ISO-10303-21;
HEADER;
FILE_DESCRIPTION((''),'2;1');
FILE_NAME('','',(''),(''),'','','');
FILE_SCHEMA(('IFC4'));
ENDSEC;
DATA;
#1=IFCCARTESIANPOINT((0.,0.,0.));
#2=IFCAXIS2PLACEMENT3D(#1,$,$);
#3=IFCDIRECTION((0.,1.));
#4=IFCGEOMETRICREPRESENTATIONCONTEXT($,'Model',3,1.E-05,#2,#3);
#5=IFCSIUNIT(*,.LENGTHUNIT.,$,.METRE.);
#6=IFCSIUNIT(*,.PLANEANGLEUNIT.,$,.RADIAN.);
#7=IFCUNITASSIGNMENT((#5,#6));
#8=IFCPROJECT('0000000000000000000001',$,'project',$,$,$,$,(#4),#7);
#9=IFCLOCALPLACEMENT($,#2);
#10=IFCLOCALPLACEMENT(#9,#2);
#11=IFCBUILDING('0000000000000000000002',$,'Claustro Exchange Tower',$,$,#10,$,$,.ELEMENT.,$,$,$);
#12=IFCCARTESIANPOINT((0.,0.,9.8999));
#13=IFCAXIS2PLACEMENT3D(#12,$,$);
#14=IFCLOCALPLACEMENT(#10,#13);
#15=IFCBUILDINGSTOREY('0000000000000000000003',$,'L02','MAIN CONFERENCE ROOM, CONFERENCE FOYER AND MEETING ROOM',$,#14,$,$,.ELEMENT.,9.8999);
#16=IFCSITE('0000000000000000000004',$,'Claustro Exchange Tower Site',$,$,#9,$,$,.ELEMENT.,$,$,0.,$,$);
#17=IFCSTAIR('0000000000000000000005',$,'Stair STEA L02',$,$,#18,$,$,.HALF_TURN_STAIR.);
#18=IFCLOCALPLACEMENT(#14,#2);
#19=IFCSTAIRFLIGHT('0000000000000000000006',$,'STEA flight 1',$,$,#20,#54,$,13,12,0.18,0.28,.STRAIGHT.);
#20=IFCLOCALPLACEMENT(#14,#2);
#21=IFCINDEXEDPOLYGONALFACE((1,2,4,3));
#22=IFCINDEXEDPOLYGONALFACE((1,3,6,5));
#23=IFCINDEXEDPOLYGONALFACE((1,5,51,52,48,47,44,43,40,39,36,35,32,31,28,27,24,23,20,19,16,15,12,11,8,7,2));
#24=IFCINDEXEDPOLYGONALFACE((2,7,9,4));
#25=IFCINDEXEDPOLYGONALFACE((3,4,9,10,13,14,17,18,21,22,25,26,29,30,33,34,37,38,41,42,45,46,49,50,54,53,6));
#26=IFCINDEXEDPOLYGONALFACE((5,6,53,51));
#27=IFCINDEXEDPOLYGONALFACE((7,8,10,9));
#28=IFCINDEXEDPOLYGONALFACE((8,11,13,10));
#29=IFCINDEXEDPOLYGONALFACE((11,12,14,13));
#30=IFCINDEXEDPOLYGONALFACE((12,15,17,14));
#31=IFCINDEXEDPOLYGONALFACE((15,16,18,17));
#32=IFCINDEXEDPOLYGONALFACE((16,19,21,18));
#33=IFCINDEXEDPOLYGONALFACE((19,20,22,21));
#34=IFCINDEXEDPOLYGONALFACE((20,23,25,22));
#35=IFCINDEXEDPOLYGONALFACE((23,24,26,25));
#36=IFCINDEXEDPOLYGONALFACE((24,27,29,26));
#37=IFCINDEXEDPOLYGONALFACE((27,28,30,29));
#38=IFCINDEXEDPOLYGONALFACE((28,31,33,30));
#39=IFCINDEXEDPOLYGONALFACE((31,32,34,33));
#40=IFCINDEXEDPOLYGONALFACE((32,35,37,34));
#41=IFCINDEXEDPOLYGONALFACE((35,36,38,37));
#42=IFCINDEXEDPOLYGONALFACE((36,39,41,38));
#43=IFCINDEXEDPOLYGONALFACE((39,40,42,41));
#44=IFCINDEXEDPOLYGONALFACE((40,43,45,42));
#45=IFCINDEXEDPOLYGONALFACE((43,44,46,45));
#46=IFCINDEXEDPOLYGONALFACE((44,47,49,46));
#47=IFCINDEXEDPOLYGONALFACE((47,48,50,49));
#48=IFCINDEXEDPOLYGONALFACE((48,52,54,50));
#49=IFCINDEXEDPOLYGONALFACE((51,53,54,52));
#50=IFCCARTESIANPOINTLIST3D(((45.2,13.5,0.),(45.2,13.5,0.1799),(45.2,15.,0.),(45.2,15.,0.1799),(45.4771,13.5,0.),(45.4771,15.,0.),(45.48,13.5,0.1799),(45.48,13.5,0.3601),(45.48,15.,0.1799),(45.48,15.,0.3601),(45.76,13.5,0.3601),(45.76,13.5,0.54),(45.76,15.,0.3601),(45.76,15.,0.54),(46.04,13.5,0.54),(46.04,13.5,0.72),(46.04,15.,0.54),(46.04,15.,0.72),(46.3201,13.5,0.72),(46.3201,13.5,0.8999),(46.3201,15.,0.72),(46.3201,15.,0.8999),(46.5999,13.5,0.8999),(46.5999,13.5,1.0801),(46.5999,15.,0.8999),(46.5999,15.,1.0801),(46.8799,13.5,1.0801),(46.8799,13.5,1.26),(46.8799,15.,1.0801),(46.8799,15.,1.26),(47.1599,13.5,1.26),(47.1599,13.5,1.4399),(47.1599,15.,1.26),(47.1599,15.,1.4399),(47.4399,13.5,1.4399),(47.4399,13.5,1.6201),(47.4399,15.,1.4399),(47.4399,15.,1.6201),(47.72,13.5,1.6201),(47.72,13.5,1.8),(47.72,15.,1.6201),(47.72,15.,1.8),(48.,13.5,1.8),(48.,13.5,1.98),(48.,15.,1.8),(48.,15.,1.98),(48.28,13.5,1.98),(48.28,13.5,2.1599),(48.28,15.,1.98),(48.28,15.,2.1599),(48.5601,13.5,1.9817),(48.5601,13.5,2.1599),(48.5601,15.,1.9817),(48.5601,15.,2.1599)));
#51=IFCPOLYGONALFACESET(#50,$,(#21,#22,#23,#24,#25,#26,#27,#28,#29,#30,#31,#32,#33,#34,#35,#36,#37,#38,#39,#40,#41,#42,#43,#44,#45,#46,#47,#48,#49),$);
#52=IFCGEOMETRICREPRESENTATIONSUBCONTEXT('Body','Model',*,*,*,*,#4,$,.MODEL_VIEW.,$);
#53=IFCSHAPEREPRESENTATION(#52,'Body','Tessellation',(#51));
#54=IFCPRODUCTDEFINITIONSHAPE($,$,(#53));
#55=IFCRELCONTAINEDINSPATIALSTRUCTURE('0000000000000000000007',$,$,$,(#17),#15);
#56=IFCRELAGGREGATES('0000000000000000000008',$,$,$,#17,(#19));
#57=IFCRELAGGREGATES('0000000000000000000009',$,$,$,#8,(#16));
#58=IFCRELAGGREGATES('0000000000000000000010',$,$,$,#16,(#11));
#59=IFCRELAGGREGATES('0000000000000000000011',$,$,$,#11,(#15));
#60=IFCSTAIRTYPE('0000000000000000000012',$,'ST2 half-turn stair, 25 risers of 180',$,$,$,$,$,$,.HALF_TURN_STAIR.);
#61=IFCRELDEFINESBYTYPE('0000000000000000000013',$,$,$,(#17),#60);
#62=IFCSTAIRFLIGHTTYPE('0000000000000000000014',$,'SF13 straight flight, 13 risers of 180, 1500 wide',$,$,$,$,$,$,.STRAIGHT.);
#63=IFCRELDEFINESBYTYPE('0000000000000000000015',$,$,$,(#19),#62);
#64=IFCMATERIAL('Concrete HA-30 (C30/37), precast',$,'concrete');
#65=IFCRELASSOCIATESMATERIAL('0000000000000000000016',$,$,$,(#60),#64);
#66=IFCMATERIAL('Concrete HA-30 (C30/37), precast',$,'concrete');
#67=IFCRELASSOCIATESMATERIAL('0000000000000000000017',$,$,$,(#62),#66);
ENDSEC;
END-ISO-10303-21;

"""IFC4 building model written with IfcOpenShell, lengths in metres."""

from ifc_helpers import new_model, si_unit, direction, frame, origin, place, context, subcontext, project, spatial, polyline, outline, extrude, material, type_object, element, aggregate, save


model = new_model("IFC4")

# Units and contexts
model_context = context("Model", 3, precision=1e-05, world=origin(), true_north=direction((0.0, 1.0)))
body_context = subcontext(model_context, "Body", "Model", "MODEL_VIEW")
ifc_project = project(units=[si_unit("LENGTHUNIT", "METRE"), si_unit("PLANEANGLEUNIT", "RADIAN")], contexts=[model_context])

# Site, building, storey
site_placement = place(None, origin())
site = spatial("IfcSite", under=ifc_project, at=site_placement, Name="Claustro Exchange Tower Site", CompositionType="ELEMENT", RefElevation=0.0)
building_placement = place(site_placement, origin())
building = spatial("IfcBuilding", under=site, at=building_placement, Name="Claustro Exchange Tower", CompositionType="ELEMENT")
storey_placement = place(building_placement, frame((0.0, 0.0, 9.8999)))
storey = spatial("IfcBuildingStorey", under=building, at=storey_placement, Name="L02", Description="MAIN CONFERENCE ROOM, CONFERENCE FOYER AND MEETING ROOM", CompositionType="ELEMENT", Elevation=9.8999)

# Stair, stair flight
ifc_material_1 = material(Name="Concrete HA-30 (C30/37), precast", Category="concrete")
stair_type = type_object("IfcStairType", Name="ST2 half-turn stair, 25 risers of 180", PredefinedType="HALF_TURN_STAIR", material=ifc_material_1)
stair_placement = place(storey_placement, origin())
stair = element("IfcStair", 1, at=stair_placement, inside=storey, type_object=stair_type, Name="Stair STEA L02", PredefinedType="HALF_TURN_STAIR")
ifc_material_2 = material(Name="Concrete HA-30 (C30/37), precast", Category="concrete")
stair_flight_type_1 = type_object("IfcStairFlightType", Name="SF13 straight flight, 13 risers of 180, 1500 wide", PredefinedType="STRAIGHT", material=ifc_material_2)
stair_flight_1_placement = place(storey_placement, frame((45.2, 14.25, 0.0), z_axis=(0.0, 0.0, 1.0), x_axis=(1.0, 0.0, 0.0)))
stair_flight_1 = element("IfcStairFlight", 2, at=stair_flight_1_placement, type_object=stair_flight_type_1, Name="STEA flight 1", NumberOfRisers=13, NumberOfTreads=12, PredefinedType="STRAIGHT", RiserHeight=0.18, TreadLength=0.28, context=body_context, shape_type="SweptSolid", body=[
    extrude(outline(polyline([(0.0, 0.0), (0.0, 0.1799), (0.28, 0.1799), (0.28, 0.3601), (0.5601, 0.3601), (0.5601, 0.54), (0.8401, 0.54), (0.8401, 0.72), (1.1201, 0.72), (1.1201, 0.8999), (1.3999, 0.8999), (1.3999, 1.0801), (1.6799, 1.0801), (1.6799, 1.26), (1.96, 1.26), (1.96, 1.4399), (2.24, 1.4399), (2.24, 1.6201), (2.52, 1.6201), (2.52, 1.8), (2.8, 1.8), (2.8, 1.98), (3.0801, 1.98), (3.0801, 2.1599), (3.3601, 2.1599), (3.3601, 2.3401), (3.3601, 1.9817), (0.2771, 0.0), (0.0, 0.0)])), frame((0.0, 0.75, 0.0), z_axis=(0.0, -1.0, 0.0), x_axis=(1.0, 0.0, 0.0)), (0.0, 0.0, 1.0), 1.5),
])
aggregate(stair, [stair_flight_1])

save(model, "model.ifc")
